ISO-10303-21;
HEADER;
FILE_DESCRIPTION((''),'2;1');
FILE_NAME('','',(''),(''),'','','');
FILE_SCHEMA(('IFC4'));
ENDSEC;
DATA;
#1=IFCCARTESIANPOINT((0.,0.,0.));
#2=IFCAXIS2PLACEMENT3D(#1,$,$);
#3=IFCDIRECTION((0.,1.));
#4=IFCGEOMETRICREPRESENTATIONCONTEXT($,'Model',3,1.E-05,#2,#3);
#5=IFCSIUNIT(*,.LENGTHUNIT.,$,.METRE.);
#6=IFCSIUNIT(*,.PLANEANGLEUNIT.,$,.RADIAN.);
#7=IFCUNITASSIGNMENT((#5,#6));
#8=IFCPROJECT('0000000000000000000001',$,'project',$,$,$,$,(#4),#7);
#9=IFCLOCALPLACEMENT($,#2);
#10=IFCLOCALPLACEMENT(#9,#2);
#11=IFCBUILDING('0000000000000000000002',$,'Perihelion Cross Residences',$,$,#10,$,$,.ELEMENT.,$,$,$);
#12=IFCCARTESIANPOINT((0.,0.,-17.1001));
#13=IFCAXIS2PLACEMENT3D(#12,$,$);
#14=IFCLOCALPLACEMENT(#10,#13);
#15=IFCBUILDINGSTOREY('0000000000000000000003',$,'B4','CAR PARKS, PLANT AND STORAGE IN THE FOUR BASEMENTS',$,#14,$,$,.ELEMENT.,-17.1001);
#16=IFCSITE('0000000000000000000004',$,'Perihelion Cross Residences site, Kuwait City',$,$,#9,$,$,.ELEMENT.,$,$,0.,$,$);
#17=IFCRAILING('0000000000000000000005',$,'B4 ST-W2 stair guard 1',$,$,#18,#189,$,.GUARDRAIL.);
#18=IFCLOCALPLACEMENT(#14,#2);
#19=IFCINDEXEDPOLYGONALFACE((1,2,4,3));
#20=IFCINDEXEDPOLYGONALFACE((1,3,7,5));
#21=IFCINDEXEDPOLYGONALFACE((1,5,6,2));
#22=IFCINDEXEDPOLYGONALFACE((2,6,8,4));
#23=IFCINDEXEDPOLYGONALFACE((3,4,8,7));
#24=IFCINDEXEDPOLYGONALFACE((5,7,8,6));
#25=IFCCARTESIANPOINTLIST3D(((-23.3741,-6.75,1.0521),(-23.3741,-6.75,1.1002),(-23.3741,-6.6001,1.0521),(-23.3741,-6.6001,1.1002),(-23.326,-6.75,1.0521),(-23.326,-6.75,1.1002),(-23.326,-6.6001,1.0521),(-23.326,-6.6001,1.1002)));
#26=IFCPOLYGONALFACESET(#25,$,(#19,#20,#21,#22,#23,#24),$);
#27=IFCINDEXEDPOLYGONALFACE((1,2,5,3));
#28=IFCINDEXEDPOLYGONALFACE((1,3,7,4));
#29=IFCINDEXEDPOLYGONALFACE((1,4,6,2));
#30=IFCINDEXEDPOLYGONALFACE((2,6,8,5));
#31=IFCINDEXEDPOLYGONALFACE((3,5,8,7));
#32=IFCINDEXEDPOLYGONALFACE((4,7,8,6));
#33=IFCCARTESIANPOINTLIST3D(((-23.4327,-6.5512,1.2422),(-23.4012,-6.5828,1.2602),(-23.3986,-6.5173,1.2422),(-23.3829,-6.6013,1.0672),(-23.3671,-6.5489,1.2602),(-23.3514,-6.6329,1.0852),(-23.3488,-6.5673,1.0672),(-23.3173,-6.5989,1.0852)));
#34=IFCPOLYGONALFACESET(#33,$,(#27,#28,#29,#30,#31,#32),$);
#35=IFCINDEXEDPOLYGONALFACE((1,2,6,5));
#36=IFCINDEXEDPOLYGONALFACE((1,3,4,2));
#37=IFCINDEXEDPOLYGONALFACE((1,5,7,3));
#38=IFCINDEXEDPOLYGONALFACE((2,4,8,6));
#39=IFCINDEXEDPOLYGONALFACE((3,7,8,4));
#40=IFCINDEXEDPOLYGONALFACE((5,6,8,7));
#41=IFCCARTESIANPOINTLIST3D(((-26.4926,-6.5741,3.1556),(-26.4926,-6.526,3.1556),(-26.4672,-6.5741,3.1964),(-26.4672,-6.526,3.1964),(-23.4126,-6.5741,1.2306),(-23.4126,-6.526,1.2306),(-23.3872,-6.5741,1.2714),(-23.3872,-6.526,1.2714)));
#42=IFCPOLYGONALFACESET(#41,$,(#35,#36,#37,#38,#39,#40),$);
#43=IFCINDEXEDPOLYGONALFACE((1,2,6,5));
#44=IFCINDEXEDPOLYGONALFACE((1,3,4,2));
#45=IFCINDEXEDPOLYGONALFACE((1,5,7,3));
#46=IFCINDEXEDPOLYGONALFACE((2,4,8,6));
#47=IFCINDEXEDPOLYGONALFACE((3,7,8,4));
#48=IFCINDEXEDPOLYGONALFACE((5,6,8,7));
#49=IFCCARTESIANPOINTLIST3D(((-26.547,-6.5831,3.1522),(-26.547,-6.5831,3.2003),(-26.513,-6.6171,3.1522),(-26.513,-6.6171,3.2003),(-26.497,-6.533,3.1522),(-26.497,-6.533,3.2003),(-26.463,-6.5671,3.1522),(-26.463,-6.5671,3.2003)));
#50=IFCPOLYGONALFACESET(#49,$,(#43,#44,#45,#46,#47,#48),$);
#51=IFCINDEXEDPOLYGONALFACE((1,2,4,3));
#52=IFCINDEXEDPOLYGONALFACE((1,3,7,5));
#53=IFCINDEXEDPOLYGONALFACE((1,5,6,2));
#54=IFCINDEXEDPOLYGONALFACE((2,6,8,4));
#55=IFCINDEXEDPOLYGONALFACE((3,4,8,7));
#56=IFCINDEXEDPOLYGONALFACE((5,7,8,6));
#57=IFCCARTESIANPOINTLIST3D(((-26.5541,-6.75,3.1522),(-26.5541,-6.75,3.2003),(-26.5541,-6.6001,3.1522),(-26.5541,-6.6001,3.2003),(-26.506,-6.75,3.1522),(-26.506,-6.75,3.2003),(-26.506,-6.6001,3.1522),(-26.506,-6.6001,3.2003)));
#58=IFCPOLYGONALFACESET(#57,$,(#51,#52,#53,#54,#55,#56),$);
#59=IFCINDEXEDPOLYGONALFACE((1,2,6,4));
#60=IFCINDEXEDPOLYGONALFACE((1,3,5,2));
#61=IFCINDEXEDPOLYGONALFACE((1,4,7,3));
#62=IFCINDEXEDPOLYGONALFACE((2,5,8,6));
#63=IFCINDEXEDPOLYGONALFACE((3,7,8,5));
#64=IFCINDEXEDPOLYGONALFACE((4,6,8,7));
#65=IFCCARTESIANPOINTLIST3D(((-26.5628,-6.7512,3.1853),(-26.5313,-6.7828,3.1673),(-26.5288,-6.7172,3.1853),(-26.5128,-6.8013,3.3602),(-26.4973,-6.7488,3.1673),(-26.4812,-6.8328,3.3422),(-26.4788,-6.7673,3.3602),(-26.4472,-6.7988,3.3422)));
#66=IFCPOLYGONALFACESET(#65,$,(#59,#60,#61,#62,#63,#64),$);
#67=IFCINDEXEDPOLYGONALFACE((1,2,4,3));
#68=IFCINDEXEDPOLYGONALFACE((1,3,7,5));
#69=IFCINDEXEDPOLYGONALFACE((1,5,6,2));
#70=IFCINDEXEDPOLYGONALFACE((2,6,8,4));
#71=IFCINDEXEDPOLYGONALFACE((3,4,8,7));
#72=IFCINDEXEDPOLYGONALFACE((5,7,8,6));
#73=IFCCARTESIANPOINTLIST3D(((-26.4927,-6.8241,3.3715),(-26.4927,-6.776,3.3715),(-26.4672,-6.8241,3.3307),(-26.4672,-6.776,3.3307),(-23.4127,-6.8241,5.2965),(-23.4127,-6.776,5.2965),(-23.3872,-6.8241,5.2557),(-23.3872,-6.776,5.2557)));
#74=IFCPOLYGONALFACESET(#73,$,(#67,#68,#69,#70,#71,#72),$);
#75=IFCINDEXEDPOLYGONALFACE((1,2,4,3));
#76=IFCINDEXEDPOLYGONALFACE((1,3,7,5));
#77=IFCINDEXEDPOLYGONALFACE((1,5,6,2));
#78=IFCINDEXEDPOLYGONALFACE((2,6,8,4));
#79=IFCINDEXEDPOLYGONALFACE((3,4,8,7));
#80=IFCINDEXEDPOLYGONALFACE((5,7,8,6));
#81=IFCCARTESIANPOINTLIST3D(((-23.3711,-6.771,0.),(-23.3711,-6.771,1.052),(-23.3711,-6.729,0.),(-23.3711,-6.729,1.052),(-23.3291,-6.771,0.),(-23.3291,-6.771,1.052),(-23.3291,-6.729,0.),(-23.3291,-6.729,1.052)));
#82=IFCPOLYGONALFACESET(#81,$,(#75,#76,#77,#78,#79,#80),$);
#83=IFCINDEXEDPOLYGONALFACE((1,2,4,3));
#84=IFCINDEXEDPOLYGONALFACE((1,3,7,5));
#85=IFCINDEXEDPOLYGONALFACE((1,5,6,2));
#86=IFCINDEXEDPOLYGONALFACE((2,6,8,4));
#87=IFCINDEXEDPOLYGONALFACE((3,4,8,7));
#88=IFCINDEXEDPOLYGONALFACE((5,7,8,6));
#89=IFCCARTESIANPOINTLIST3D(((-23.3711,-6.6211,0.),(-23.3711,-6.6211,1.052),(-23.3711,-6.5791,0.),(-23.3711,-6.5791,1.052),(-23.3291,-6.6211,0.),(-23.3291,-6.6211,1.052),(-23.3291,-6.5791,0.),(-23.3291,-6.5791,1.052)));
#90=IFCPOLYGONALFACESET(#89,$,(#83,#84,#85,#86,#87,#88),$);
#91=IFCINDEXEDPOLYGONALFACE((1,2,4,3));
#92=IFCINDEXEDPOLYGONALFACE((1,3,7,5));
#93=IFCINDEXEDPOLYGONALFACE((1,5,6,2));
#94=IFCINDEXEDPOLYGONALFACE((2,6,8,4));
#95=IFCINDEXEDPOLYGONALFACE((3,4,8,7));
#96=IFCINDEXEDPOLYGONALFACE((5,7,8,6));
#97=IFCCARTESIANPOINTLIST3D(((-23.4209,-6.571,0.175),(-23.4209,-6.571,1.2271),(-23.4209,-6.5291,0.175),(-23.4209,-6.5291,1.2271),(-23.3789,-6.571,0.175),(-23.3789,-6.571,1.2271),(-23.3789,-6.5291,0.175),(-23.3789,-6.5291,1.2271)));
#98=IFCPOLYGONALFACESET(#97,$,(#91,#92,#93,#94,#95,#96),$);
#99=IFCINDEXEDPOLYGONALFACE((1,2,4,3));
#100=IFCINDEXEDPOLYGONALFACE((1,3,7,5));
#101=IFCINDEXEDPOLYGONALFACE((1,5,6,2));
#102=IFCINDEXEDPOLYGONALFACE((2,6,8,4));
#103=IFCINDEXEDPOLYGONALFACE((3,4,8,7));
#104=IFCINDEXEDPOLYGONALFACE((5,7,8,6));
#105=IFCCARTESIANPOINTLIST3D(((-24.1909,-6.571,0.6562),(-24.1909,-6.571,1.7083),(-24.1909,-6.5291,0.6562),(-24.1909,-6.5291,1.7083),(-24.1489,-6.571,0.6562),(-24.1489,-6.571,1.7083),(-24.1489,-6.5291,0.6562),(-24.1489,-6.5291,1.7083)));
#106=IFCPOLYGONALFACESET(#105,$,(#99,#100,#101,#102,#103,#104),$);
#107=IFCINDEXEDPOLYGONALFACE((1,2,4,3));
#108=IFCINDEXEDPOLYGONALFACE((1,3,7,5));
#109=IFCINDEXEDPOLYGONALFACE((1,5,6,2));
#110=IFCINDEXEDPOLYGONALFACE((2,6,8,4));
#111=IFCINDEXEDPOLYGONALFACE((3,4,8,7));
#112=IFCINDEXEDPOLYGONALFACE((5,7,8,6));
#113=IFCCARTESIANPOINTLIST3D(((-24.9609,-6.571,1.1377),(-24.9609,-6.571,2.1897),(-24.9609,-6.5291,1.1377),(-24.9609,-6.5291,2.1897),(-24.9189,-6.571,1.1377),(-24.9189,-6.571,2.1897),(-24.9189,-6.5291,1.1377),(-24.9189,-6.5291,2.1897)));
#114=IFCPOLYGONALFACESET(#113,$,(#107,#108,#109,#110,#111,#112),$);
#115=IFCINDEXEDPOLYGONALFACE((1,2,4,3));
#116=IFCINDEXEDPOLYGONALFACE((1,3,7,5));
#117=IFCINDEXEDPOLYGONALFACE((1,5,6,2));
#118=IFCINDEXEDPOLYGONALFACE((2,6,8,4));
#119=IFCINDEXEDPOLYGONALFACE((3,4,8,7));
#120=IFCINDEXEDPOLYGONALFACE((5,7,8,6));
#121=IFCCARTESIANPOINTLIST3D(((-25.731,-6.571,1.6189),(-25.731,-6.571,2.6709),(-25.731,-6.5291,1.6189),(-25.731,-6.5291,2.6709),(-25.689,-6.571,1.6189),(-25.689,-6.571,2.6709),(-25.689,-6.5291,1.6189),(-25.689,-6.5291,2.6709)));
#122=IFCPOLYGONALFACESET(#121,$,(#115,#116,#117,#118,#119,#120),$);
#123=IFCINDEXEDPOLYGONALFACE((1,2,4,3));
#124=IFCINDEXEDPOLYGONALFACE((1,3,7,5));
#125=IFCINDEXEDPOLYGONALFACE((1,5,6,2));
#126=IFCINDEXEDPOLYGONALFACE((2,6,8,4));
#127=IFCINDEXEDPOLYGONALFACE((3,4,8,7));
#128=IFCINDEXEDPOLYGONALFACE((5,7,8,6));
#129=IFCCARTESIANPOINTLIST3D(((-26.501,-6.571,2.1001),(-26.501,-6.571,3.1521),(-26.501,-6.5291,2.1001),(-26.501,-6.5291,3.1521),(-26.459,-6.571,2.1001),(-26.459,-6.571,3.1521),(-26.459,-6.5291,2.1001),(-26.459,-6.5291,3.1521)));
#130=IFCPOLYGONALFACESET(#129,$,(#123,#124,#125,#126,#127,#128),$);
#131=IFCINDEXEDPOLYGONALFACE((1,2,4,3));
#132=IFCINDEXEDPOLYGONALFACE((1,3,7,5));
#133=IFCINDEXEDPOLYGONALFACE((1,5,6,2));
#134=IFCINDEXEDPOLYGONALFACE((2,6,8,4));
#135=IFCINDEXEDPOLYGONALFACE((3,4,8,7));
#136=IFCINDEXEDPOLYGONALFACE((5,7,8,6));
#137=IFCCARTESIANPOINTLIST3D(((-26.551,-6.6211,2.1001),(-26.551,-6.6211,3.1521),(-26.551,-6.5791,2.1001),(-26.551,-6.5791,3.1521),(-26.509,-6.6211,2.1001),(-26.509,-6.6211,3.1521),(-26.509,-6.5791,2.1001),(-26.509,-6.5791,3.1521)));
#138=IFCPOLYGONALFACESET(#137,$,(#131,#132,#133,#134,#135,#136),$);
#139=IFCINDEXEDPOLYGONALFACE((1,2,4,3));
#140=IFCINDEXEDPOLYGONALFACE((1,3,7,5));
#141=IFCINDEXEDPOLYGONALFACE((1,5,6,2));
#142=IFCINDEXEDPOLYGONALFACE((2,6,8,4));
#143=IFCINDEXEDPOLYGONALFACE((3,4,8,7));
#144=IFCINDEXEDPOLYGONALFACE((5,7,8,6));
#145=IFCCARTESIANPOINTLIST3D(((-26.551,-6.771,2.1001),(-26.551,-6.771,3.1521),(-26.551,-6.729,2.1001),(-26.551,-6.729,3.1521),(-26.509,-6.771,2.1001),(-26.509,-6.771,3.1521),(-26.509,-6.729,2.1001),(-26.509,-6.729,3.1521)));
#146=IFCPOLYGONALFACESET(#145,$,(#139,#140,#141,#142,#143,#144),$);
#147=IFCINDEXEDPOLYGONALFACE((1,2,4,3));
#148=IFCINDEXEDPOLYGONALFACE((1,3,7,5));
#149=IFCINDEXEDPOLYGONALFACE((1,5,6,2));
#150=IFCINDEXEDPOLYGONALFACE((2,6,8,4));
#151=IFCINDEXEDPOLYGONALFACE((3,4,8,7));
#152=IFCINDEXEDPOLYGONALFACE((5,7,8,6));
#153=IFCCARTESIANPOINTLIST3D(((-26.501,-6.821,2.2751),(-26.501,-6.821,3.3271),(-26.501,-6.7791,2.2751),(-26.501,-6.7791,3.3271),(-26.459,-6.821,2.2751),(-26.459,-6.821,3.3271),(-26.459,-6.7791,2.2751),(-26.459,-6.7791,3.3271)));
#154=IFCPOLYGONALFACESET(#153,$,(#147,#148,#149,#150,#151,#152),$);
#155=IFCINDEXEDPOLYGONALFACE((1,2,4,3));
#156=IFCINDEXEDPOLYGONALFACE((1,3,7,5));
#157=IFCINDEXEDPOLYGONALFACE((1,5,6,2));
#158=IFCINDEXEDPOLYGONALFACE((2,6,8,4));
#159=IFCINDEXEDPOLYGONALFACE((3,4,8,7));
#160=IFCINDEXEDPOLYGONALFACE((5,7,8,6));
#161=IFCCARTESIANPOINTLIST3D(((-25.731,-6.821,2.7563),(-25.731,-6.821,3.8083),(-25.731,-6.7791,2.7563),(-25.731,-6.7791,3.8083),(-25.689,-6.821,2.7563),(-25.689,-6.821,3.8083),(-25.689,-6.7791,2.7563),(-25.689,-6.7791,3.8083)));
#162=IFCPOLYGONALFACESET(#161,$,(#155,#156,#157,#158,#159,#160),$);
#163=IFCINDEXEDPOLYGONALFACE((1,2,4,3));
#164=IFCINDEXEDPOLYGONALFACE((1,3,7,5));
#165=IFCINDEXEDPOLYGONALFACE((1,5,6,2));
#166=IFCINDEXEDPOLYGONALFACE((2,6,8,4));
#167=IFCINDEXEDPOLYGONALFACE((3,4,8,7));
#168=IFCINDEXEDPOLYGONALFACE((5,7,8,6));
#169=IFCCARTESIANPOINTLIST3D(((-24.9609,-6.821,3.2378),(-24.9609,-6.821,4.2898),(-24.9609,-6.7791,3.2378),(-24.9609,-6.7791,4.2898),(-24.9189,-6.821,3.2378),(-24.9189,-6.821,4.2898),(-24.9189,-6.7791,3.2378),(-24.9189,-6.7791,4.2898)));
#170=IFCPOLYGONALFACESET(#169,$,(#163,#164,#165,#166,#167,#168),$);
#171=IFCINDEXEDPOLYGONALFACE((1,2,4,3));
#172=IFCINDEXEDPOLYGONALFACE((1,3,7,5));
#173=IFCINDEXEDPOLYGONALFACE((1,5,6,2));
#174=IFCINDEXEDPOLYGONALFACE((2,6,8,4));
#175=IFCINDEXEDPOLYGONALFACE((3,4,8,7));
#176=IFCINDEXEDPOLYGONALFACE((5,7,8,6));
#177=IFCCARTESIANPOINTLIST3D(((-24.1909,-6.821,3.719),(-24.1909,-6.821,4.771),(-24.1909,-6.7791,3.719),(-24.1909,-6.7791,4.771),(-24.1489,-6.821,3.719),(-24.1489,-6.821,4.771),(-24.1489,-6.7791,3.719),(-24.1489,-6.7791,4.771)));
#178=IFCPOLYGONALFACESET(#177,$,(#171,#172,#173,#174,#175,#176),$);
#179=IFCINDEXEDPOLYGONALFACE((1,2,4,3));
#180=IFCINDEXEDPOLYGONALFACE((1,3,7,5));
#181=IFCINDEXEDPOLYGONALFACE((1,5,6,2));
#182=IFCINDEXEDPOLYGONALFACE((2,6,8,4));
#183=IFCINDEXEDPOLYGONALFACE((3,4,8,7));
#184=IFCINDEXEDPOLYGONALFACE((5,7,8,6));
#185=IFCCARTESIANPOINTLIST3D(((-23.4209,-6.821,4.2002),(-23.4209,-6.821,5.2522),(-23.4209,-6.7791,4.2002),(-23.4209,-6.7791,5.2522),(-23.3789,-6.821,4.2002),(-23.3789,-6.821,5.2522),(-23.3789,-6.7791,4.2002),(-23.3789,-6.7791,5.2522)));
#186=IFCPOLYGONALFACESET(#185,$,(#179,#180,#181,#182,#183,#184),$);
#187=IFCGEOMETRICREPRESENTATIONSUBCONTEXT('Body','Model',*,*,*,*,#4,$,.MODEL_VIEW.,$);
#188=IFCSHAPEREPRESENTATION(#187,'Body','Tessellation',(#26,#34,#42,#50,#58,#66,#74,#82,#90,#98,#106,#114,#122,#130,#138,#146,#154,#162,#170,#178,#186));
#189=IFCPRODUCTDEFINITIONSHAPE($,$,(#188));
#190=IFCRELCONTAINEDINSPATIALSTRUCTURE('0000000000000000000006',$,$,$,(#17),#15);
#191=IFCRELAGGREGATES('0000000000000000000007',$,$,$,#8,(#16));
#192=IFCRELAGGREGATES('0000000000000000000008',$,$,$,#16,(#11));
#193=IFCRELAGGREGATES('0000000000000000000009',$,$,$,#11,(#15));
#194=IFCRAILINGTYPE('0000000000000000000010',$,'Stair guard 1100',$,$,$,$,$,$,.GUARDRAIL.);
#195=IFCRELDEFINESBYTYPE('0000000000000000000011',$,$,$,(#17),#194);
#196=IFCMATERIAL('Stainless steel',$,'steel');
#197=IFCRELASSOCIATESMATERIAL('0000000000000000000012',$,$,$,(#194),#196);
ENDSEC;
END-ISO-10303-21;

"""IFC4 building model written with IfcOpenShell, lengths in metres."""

from ifc_helpers import new_model, si_unit, direction, frame, origin, origin_2d, place, context, subcontext, project, spatial, rectangle, extrude, material, type_object, element, save


model = new_model("IFC4")

# Units and contexts
model_context = context("Model", 3, precision=1e-05, world=origin(), true_north=direction((0.0, 1.0)))
body_context = subcontext(model_context, "Body", "Model", "MODEL_VIEW")
ifc_project = project(units=[si_unit("LENGTHUNIT", "METRE"), si_unit("PLANEANGLEUNIT", "RADIAN")], contexts=[model_context])

# Site, building, storey
site_placement = place(None, origin())
site = spatial("IfcSite", under=ifc_project, at=site_placement, Name="Perihelion Cross Residences site, Kuwait City", CompositionType="ELEMENT", RefElevation=0.0)
building_placement = place(site_placement, origin())
building = spatial("IfcBuilding", under=site, at=building_placement, Name="Perihelion Cross Residences", CompositionType="ELEMENT")
storey_placement = place(building_placement, frame((0.0, 0.0, -17.1001)))
storey = spatial("IfcBuildingStorey", under=building, at=storey_placement, Name="B4", Description="CAR PARKS, PLANT AND STORAGE IN THE FOUR BASEMENTS", CompositionType="ELEMENT", Elevation=-17.1001)

# Railing
ifc_material_1 = material(Name="Stainless steel", Category="steel")
railing_type_1 = type_object("IfcRailingType", Name="Stair guard 1100", PredefinedType="GUARDRAIL", material=ifc_material_1)
railing_1_placement = place(storey_placement, frame((-23.3501, -6.75, 0.0)))
element("IfcRailing", 1, at=railing_1_placement, inside=storey, type_object=railing_type_1, Name="B4 ST-W2 stair guard 1", PredefinedType="GUARDRAIL", context=body_context, shape_type="SweptSolid", body=[
    extrude(rectangle(XDim=0.0481, YDim=0.0481, at=origin_2d()), frame((0.0, 0.0, 1.0762), z_axis=(0.0, 1.0, 0.0), x_axis=(-1.0, 0.0, 0.0)), (0.0, 0.0, 1.0), 0.1499),
    extrude(rectangle(XDim=0.0481, YDim=0.0481, at=origin_2d()), frame((0.0, 0.1499, 1.0762), z_axis=(-0.263862, 0.265156, 0.927399), x_axis=(-0.708834, -0.705376, 0.0)), (0.0, 0.0, 1.0), 0.1887),
    extrude(rectangle(XDim=0.0481, YDim=0.0481, at=origin_2d()), frame((-0.0498, 0.2, 1.251), z_axis=(-0.847998, 0.0, 0.529999), x_axis=(0.0, -1.0, 0.0)), (0.0, 0.0, 1.0), 3.6321),
    extrude(rectangle(XDim=0.0481, YDim=0.0481, at=origin_2d()), frame((-3.1299, 0.2, 3.1763), z_axis=(-0.707107, -0.707107, 0.0), x_axis=(0.707107, -0.707107, 0.0)), (0.0, 0.0, 1.0), 0.0708),
    extrude(rectangle(XDim=0.0481, YDim=0.0481, at=origin_2d()), frame((-3.1799, 0.1499, 3.1763), z_axis=(0.0, -1.0, 0.0), x_axis=(1.0, 0.0, 0.0)), (0.0, 0.0, 1.0), 0.1499),
    extrude(rectangle(XDim=0.0481, YDim=0.0481, at=origin_2d()), frame((-3.1799, 0.0, 3.1763), z_axis=(0.265065, -0.265065, 0.927082), x_axis=(0.707107, 0.707107, 0.0)), (0.0, 0.0, 1.0), 0.1887),
    extrude(rectangle(XDim=0.0481, YDim=0.0481, at=origin_2d()), frame((-3.1299, -0.05, 3.3511), z_axis=(0.847998, 0.0, 0.529999), x_axis=(0.0, 1.0, 0.0)), (0.0, 0.0, 1.0), 3.6321),
    extrude(rectangle(XDim=0.042, YDim=0.042, at=origin_2d()), origin(), (0.0, 0.0, 1.0), 1.052),
    extrude(rectangle(XDim=0.042, YDim=0.042, at=origin_2d()), frame((0.0, 0.1499, 0.0)), (0.0, 0.0, 1.0), 1.052),
    extrude(rectangle(XDim=0.042, YDim=0.042, at=origin_2d()), frame((-0.0498, 0.2, 0.175)), (0.0, 0.0, 1.0), 1.052),
    extrude(rectangle(XDim=0.042, YDim=0.042, at=origin_2d()), frame((-0.8198, 0.2, 0.6562)), (0.0, 0.0, 1.0), 1.052),
    extrude(rectangle(XDim=0.042, YDim=0.042, at=origin_2d()), frame((-1.5898, 0.2, 1.1377)), (0.0, 0.0, 1.0), 1.052),
    extrude(rectangle(XDim=0.042, YDim=0.042, at=origin_2d()), frame((-2.3599, 0.2, 1.6189)), (0.0, 0.0, 1.0), 1.052),
    extrude(rectangle(XDim=0.042, YDim=0.042, at=origin_2d()), frame((-3.1299, 0.2, 2.1001)), (0.0, 0.0, 1.0), 1.052),
    extrude(rectangle(XDim=0.042, YDim=0.042, at=origin_2d()), frame((-3.1799, 0.1499, 2.1001)), (0.0, 0.0, 1.0), 1.052),
    extrude(rectangle(XDim=0.042, YDim=0.042, at=origin_2d()), frame((-3.1799, 0.0, 2.1001)), (0.0, 0.0, 1.0), 1.052),
    extrude(rectangle(XDim=0.042, YDim=0.042, at=origin_2d()), frame((-3.1299, -0.05, 2.2751)), (0.0, 0.0, 1.0), 1.052),
    extrude(rectangle(XDim=0.042, YDim=0.042, at=origin_2d()), frame((-2.3599, -0.05, 2.7563)), (0.0, 0.0, 1.0), 1.052),
    extrude(rectangle(XDim=0.042, YDim=0.042, at=origin_2d()), frame((-1.5898, -0.05, 3.2378)), (0.0, 0.0, 1.0), 1.052),
    extrude(rectangle(XDim=0.042, YDim=0.042, at=origin_2d()), frame((-0.8198, -0.05, 3.719)), (0.0, 0.0, 1.0), 1.052),
    extrude(rectangle(XDim=0.042, YDim=0.042, at=origin_2d()), frame((-0.0498, -0.05, 4.2002)), (0.0, 0.0, 1.0), 1.052),
])

save(model, "model.ifc")
